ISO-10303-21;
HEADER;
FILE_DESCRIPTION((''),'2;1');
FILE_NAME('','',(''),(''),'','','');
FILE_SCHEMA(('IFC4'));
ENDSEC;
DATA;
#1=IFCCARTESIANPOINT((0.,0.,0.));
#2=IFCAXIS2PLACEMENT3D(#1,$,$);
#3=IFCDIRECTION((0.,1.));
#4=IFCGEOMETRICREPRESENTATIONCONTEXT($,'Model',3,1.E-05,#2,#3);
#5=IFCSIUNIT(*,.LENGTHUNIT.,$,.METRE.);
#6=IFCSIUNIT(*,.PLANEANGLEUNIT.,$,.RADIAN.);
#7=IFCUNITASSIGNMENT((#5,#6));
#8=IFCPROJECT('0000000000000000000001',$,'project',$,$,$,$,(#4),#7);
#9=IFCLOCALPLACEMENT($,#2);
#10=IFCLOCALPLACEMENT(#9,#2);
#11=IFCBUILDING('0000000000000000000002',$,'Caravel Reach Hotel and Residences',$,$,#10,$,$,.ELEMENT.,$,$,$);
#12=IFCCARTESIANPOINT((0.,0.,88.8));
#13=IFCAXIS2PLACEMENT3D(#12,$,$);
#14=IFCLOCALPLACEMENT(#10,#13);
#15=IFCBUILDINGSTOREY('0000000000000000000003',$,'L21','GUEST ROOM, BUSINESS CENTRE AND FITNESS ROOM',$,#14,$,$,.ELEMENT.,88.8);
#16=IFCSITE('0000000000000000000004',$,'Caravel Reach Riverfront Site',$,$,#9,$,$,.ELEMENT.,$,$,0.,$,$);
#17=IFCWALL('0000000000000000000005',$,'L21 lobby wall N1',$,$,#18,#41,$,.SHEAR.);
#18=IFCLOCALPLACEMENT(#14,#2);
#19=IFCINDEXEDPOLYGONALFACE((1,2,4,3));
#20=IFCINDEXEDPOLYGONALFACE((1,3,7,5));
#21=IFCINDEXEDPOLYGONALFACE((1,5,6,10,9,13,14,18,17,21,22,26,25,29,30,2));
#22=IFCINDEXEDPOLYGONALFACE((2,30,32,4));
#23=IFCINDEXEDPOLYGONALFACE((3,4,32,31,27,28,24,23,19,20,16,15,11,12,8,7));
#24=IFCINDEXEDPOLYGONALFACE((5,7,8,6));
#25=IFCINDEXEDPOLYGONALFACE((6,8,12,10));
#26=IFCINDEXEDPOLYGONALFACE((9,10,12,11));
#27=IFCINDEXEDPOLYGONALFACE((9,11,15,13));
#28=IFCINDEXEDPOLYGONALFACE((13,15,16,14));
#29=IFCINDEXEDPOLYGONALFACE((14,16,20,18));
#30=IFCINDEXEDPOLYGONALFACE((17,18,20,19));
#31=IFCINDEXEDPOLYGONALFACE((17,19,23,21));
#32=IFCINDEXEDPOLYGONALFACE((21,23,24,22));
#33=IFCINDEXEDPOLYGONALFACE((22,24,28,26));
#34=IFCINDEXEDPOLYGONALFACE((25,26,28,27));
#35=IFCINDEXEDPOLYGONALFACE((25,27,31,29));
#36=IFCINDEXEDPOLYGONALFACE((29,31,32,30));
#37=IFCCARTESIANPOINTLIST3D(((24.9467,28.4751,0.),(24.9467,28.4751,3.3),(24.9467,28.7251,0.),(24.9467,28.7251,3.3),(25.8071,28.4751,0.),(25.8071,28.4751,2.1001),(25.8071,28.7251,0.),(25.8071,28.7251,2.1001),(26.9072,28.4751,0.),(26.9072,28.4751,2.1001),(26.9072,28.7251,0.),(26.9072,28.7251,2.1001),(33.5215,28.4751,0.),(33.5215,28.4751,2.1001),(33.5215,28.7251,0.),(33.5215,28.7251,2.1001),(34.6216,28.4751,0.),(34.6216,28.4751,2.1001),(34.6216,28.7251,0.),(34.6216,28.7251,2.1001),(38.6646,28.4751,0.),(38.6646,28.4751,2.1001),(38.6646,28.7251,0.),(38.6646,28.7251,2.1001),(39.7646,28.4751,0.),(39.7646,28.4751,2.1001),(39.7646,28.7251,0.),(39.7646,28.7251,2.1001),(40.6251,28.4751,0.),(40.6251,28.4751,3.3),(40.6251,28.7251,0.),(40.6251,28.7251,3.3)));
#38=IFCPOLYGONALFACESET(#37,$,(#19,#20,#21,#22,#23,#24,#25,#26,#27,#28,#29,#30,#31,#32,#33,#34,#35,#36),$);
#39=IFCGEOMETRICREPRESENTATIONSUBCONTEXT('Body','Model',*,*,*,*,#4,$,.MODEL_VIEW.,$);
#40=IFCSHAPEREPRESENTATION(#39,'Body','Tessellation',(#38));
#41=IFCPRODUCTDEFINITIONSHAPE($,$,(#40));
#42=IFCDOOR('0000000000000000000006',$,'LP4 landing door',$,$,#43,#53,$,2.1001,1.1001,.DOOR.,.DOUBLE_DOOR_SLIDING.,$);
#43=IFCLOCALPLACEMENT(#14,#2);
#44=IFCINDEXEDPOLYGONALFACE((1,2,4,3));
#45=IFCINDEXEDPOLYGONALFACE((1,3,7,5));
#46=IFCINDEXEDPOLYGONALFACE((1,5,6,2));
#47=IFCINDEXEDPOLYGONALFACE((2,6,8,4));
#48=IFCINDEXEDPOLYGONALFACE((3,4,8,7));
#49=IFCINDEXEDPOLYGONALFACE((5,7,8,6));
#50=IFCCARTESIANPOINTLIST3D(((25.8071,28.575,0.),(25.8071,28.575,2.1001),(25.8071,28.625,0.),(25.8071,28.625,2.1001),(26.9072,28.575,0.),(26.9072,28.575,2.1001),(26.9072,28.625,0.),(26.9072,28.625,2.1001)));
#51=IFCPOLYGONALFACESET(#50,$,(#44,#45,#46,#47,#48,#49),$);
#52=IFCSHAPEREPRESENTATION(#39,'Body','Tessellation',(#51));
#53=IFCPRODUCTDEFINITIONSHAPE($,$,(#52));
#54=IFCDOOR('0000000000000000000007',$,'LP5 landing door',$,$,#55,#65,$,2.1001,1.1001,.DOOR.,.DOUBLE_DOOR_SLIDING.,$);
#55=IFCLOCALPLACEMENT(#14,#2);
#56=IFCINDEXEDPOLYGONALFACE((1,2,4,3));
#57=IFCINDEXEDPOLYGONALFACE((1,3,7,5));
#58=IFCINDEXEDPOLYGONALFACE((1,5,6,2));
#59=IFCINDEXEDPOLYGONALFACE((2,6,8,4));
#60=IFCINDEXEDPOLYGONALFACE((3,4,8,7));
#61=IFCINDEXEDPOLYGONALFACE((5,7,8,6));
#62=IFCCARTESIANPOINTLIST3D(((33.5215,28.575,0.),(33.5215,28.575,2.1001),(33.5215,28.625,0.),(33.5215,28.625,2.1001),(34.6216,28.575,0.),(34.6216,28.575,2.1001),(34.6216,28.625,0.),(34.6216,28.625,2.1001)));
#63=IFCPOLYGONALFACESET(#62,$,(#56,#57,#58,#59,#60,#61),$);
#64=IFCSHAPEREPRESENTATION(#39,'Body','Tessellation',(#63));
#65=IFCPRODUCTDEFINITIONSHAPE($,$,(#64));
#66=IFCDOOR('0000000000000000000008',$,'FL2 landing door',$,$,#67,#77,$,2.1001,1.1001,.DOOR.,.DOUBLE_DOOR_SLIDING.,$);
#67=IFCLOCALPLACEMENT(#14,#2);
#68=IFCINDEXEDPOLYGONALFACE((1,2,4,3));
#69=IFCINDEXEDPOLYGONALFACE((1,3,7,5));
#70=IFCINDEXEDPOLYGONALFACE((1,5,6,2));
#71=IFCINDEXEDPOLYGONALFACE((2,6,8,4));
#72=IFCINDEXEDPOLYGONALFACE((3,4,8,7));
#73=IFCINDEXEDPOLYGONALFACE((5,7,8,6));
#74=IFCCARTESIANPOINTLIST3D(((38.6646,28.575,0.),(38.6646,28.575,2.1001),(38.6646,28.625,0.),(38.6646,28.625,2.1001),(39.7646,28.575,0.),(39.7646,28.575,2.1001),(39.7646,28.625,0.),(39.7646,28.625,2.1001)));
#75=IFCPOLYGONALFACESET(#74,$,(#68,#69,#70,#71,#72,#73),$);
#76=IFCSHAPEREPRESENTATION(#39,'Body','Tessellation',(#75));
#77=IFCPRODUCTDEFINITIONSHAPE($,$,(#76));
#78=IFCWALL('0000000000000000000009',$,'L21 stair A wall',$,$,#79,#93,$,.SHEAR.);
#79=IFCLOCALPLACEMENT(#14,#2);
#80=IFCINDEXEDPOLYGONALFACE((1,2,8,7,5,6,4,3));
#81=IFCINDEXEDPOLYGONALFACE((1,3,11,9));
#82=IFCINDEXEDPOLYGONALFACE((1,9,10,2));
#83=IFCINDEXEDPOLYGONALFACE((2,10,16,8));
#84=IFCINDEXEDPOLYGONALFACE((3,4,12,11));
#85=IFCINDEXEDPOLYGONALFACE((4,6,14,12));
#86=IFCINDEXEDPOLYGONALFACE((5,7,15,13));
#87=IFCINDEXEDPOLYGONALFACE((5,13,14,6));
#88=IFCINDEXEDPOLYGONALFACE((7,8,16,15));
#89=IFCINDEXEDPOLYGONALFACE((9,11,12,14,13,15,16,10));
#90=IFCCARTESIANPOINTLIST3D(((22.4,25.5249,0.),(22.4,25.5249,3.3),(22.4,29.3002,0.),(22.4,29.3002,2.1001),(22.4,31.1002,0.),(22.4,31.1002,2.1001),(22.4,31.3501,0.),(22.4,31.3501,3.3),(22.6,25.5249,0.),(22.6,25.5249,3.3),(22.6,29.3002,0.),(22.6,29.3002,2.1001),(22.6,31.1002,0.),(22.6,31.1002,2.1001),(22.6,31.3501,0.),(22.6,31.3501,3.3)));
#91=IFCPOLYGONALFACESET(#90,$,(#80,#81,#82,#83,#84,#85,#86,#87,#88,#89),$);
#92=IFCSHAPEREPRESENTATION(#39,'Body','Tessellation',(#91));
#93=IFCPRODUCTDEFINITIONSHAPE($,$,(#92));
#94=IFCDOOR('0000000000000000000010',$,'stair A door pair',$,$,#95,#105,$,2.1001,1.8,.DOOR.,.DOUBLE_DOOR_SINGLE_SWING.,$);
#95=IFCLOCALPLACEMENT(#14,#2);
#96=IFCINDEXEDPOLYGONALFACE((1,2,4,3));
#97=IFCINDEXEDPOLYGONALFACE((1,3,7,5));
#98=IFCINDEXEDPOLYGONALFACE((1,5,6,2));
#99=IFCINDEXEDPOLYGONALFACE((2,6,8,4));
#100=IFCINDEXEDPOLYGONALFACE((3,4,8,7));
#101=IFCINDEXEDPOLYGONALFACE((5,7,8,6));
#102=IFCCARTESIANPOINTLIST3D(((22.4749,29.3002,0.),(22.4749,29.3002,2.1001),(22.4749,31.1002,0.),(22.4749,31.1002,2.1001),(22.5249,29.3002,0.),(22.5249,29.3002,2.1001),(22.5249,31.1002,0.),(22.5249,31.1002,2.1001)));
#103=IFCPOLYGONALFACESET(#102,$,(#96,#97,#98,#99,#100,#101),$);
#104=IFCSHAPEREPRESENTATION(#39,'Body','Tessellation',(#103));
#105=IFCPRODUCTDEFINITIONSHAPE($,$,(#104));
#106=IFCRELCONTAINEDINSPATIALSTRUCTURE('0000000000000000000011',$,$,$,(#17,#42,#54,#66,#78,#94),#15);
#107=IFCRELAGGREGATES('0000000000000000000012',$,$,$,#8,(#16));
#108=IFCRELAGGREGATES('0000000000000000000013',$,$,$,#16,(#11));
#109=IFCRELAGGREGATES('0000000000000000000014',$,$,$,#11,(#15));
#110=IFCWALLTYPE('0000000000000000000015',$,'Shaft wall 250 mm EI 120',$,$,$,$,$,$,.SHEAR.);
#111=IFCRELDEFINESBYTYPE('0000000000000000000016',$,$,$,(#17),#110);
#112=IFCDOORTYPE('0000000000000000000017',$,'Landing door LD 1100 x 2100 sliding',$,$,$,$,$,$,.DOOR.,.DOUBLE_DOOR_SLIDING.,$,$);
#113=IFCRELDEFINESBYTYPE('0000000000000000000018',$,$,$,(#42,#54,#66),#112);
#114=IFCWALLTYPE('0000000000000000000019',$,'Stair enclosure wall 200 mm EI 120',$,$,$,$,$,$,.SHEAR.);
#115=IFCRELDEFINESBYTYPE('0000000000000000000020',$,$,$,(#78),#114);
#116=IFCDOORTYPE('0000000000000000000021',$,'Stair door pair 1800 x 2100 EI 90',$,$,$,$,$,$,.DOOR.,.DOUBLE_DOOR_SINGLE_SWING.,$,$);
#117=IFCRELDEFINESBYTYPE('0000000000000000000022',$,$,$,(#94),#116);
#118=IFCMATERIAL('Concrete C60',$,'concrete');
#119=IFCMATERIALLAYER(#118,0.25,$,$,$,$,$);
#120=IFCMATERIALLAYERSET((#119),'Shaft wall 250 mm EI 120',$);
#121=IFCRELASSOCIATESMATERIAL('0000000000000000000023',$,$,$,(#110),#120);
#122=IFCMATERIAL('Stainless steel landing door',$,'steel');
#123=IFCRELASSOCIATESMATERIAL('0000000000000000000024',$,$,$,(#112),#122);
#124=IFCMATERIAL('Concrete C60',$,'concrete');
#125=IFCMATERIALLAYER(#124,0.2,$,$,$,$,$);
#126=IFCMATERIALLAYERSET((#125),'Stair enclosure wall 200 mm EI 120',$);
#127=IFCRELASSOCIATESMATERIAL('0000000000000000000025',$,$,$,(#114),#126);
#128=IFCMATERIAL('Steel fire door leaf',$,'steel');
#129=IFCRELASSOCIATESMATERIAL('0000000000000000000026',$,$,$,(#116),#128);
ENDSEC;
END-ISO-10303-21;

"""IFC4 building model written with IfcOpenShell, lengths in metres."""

from ifc_helpers import new_model, si_unit, direction, frame, frame_2d, origin, place, context, subcontext, project, spatial, rectangle, extrude, material, layer, layer_set, type_object, element, fill, save


model = new_model("IFC4")

# Units and contexts
model_context = context("Model", 3, precision=1e-05, world=origin(), true_north=direction((0.0, 1.0)))
body_context = subcontext(model_context, "Body", "Model", "MODEL_VIEW")
ifc_project = project(units=[si_unit("LENGTHUNIT", "METRE"), si_unit("PLANEANGLEUNIT", "RADIAN")], contexts=[model_context])

# Site, building, storey
site_placement = place(None, origin())
site = spatial("IfcSite", under=ifc_project, at=site_placement, Name="Caravel Reach Riverfront Site", CompositionType="ELEMENT", RefElevation=0.0)
building_placement = place(site_placement, origin())
building = spatial("IfcBuilding", under=site, at=building_placement, Name="Caravel Reach Hotel and Residences", CompositionType="ELEMENT")
storey_placement = place(building_placement, frame((0.0, 0.0, 88.8)))
storey = spatial("IfcBuildingStorey", under=building, at=storey_placement, Name="L21", Description="GUEST ROOM, BUSINESS CENTRE AND FITNESS ROOM", CompositionType="ELEMENT", Elevation=88.8)

# Wall, openings, doors
ifc_material_1 = material(Name="Concrete C60", Category="concrete")
ifc_layer_1 = layer(ifc_material_1, 0.25)
ifc_layer_set_1 = layer_set([ifc_layer_1], Name="Shaft wall 250 mm EI 120")
wall_type_1 = type_object("IfcWallType", Name="Shaft wall 250 mm EI 120", PredefinedType="SHEAR", material=ifc_layer_set_1)
wall_1_placement = place(storey_placement, frame((24.9465, 28.6001, 0.0), z_axis=(0.0, 0.0, 1.0), x_axis=(1.0, 0.0, 0.0)))
wall_1 = element("IfcWall", 1, at=wall_1_placement, inside=storey, type_object=wall_type_1, Name="L21 lobby wall N1", PredefinedType="SHEAR", context=body_context, shape_type="SweptSolid", body=[
    extrude(rectangle(XDim=15.6785, YDim=0.25, at=frame_2d((7.8394, 0.0))), origin(), (0.0, 0.0, 1.0), 3.3),
])
opening_1_placement = place(wall_1_placement, frame((0.8606, 0.0, 0.0)))
opening_1 = element("IfcOpeningElement", 2, at=opening_1_placement, cuts=wall_1, PredefinedType="OPENING", context=body_context, shape_type="SweptSolid", body=[
    extrude(rectangle(XDim=1.1001, YDim=2.1001, at=frame_2d((0.55, 1.05))), frame((0.0, 0.135, 0.0), z_axis=(0.0, -1.0, 0.0), x_axis=(1.0, 0.0, 0.0)), (0.0, 0.0, 1.0), 0.27),
])
opening_2_placement = place(wall_1_placement, frame((8.575, 0.0, 0.0)))
opening_2 = element("IfcOpeningElement", 3, at=opening_2_placement, cuts=wall_1, PredefinedType="OPENING", context=body_context, shape_type="SweptSolid", body=[
    extrude(rectangle(XDim=1.1001, YDim=2.1001, at=frame_2d((0.55, 1.05))), frame((0.0, 0.135, 0.0), z_axis=(0.0, -1.0, 0.0), x_axis=(1.0, 0.0, 0.0)), (0.0, 0.0, 1.0), 0.27),
])
opening_3_placement = place(wall_1_placement, frame((13.718, 0.0, 0.0)))
opening_3 = element("IfcOpeningElement", 4, at=opening_3_placement, cuts=wall_1, PredefinedType="OPENING", context=body_context, shape_type="SweptSolid", body=[
    extrude(rectangle(XDim=1.1001, YDim=2.1001, at=frame_2d((0.55, 1.05))), frame((0.0, 0.135, 0.0), z_axis=(0.0, -1.0, 0.0), x_axis=(1.0, 0.0, 0.0)), (0.0, 0.0, 1.0), 0.27),
])
ifc_material_2 = material(Name="Stainless steel landing door", Category="steel")
door_type_1 = type_object("IfcDoorType", Name="Landing door LD 1100 x 2100 sliding", OperationType="DOUBLE_DOOR_SLIDING", PredefinedType="DOOR", material=ifc_material_2)
door_1_placement = place(opening_1_placement, origin())
door_1 = element("IfcDoor", 5, at=door_1_placement, inside=storey, type_object=door_type_1, Name="LP4 landing door", OperationType="DOUBLE_DOOR_SLIDING", OverallHeight=2.1001, OverallWidth=1.1001, PredefinedType="DOOR", context=body_context, shape_type="SweptSolid", body=[
    extrude(rectangle(XDim=1.1001, YDim=2.1001, at=frame_2d((0.55, 1.05))), frame((0.0, 0.0249, 0.0), z_axis=(0.0, -1.0, 0.0), x_axis=(1.0, 0.0, 0.0)), (0.0, 0.0, 1.0), 0.05),
])
fill(opening_1, door_1)
door_2_placement = place(opening_2_placement, origin())
door_2 = element("IfcDoor", 6, at=door_2_placement, inside=storey, type_object=door_type_1, Name="LP5 landing door", OperationType="DOUBLE_DOOR_SLIDING", OverallHeight=2.1001, OverallWidth=1.1001, PredefinedType="DOOR", context=body_context, shape_type="SweptSolid", body=[
    extrude(rectangle(XDim=1.1001, YDim=2.1001, at=frame_2d((0.55, 1.05))), frame((0.0, 0.0249, 0.0), z_axis=(0.0, -1.0, 0.0), x_axis=(1.0, 0.0, 0.0)), (0.0, 0.0, 1.0), 0.05),
])
fill(opening_2, door_2)
door_3_placement = place(opening_3_placement, origin())
door_3 = element("IfcDoor", 7, at=door_3_placement, inside=storey, type_object=door_type_1, Name="FL2 landing door", OperationType="DOUBLE_DOOR_SLIDING", OverallHeight=2.1001, OverallWidth=1.1001, PredefinedType="DOOR", context=body_context, shape_type="SweptSolid", body=[
    extrude(rectangle(XDim=1.1001, YDim=2.1001, at=frame_2d((0.55, 1.05))), frame((0.0, 0.0249, 0.0), z_axis=(0.0, -1.0, 0.0), x_axis=(1.0, 0.0, 0.0)), (0.0, 0.0, 1.0), 0.05),
])
fill(opening_3, door_3)

# Wall, opening, door
ifc_material_3 = material(Name="Concrete C60", Category="concrete")
ifc_layer_2 = layer(ifc_material_3, 0.2)
ifc_layer_set_2 = layer_set([ifc_layer_2], Name="Stair enclosure wall 200 mm EI 120")
wall_type_2 = type_object("IfcWallType", Name="Stair enclosure wall 200 mm EI 120", PredefinedType="SHEAR", material=ifc_layer_set_2)
wall_2_placement = place(storey_placement, frame((22.5, 31.3501, 0.0), z_axis=(0.0, 0.0, 1.0), x_axis=(0.0, -1.0, 0.0)))
wall_2 = element("IfcWall", 8, at=wall_2_placement, inside=storey, type_object=wall_type_2, Name="L21 stair A wall", PredefinedType="SHEAR", context=body_context, shape_type="SweptSolid", body=[
    extrude(rectangle(XDim=5.8252, YDim=0.2, at=frame_2d((2.9126, 0.0))), origin(), (0.0, 0.0, 1.0), 3.3),
])
opening_4_placement = place(wall_2_placement, frame((0.25, 0.0, 0.0)))
opening_4 = element("IfcOpeningElement", 9, at=opening_4_placement, cuts=wall_2, PredefinedType="OPENING", context=body_context, shape_type="SweptSolid", body=[
    extrude(rectangle(XDim=1.8, YDim=2.1001, at=frame_2d((0.8999, 1.05))), frame((0.0, 0.1099, 0.0), z_axis=(0.0, -1.0, 0.0), x_axis=(1.0, 0.0, 0.0)), (0.0, 0.0, 1.0), 0.22),
])
ifc_material_4 = material(Name="Steel fire door leaf", Category="steel")
door_type_2 = type_object("IfcDoorType", Name="Stair door pair 1800 x 2100 EI 90", OperationType="DOUBLE_DOOR_SINGLE_SWING", PredefinedType="DOOR", material=ifc_material_4)
door_4_placement = place(opening_4_placement, origin())
door_4 = element("IfcDoor", 10, at=door_4_placement, inside=storey, type_object=door_type_2, Name="stair A door pair", OperationType="DOUBLE_DOOR_SINGLE_SWING", OverallHeight=2.1001, OverallWidth=1.8, PredefinedType="DOOR", context=body_context, shape_type="SweptSolid", body=[
    extrude(rectangle(XDim=1.8, YDim=2.1001, at=frame_2d((0.8999, 1.05))), frame((0.0, 0.0249, 0.0), z_axis=(0.0, -1.0, 0.0), x_axis=(1.0, 0.0, 0.0)), (0.0, 0.0, 1.0), 0.05),
])
fill(opening_4, door_4)

save(model, "model.ifc")
